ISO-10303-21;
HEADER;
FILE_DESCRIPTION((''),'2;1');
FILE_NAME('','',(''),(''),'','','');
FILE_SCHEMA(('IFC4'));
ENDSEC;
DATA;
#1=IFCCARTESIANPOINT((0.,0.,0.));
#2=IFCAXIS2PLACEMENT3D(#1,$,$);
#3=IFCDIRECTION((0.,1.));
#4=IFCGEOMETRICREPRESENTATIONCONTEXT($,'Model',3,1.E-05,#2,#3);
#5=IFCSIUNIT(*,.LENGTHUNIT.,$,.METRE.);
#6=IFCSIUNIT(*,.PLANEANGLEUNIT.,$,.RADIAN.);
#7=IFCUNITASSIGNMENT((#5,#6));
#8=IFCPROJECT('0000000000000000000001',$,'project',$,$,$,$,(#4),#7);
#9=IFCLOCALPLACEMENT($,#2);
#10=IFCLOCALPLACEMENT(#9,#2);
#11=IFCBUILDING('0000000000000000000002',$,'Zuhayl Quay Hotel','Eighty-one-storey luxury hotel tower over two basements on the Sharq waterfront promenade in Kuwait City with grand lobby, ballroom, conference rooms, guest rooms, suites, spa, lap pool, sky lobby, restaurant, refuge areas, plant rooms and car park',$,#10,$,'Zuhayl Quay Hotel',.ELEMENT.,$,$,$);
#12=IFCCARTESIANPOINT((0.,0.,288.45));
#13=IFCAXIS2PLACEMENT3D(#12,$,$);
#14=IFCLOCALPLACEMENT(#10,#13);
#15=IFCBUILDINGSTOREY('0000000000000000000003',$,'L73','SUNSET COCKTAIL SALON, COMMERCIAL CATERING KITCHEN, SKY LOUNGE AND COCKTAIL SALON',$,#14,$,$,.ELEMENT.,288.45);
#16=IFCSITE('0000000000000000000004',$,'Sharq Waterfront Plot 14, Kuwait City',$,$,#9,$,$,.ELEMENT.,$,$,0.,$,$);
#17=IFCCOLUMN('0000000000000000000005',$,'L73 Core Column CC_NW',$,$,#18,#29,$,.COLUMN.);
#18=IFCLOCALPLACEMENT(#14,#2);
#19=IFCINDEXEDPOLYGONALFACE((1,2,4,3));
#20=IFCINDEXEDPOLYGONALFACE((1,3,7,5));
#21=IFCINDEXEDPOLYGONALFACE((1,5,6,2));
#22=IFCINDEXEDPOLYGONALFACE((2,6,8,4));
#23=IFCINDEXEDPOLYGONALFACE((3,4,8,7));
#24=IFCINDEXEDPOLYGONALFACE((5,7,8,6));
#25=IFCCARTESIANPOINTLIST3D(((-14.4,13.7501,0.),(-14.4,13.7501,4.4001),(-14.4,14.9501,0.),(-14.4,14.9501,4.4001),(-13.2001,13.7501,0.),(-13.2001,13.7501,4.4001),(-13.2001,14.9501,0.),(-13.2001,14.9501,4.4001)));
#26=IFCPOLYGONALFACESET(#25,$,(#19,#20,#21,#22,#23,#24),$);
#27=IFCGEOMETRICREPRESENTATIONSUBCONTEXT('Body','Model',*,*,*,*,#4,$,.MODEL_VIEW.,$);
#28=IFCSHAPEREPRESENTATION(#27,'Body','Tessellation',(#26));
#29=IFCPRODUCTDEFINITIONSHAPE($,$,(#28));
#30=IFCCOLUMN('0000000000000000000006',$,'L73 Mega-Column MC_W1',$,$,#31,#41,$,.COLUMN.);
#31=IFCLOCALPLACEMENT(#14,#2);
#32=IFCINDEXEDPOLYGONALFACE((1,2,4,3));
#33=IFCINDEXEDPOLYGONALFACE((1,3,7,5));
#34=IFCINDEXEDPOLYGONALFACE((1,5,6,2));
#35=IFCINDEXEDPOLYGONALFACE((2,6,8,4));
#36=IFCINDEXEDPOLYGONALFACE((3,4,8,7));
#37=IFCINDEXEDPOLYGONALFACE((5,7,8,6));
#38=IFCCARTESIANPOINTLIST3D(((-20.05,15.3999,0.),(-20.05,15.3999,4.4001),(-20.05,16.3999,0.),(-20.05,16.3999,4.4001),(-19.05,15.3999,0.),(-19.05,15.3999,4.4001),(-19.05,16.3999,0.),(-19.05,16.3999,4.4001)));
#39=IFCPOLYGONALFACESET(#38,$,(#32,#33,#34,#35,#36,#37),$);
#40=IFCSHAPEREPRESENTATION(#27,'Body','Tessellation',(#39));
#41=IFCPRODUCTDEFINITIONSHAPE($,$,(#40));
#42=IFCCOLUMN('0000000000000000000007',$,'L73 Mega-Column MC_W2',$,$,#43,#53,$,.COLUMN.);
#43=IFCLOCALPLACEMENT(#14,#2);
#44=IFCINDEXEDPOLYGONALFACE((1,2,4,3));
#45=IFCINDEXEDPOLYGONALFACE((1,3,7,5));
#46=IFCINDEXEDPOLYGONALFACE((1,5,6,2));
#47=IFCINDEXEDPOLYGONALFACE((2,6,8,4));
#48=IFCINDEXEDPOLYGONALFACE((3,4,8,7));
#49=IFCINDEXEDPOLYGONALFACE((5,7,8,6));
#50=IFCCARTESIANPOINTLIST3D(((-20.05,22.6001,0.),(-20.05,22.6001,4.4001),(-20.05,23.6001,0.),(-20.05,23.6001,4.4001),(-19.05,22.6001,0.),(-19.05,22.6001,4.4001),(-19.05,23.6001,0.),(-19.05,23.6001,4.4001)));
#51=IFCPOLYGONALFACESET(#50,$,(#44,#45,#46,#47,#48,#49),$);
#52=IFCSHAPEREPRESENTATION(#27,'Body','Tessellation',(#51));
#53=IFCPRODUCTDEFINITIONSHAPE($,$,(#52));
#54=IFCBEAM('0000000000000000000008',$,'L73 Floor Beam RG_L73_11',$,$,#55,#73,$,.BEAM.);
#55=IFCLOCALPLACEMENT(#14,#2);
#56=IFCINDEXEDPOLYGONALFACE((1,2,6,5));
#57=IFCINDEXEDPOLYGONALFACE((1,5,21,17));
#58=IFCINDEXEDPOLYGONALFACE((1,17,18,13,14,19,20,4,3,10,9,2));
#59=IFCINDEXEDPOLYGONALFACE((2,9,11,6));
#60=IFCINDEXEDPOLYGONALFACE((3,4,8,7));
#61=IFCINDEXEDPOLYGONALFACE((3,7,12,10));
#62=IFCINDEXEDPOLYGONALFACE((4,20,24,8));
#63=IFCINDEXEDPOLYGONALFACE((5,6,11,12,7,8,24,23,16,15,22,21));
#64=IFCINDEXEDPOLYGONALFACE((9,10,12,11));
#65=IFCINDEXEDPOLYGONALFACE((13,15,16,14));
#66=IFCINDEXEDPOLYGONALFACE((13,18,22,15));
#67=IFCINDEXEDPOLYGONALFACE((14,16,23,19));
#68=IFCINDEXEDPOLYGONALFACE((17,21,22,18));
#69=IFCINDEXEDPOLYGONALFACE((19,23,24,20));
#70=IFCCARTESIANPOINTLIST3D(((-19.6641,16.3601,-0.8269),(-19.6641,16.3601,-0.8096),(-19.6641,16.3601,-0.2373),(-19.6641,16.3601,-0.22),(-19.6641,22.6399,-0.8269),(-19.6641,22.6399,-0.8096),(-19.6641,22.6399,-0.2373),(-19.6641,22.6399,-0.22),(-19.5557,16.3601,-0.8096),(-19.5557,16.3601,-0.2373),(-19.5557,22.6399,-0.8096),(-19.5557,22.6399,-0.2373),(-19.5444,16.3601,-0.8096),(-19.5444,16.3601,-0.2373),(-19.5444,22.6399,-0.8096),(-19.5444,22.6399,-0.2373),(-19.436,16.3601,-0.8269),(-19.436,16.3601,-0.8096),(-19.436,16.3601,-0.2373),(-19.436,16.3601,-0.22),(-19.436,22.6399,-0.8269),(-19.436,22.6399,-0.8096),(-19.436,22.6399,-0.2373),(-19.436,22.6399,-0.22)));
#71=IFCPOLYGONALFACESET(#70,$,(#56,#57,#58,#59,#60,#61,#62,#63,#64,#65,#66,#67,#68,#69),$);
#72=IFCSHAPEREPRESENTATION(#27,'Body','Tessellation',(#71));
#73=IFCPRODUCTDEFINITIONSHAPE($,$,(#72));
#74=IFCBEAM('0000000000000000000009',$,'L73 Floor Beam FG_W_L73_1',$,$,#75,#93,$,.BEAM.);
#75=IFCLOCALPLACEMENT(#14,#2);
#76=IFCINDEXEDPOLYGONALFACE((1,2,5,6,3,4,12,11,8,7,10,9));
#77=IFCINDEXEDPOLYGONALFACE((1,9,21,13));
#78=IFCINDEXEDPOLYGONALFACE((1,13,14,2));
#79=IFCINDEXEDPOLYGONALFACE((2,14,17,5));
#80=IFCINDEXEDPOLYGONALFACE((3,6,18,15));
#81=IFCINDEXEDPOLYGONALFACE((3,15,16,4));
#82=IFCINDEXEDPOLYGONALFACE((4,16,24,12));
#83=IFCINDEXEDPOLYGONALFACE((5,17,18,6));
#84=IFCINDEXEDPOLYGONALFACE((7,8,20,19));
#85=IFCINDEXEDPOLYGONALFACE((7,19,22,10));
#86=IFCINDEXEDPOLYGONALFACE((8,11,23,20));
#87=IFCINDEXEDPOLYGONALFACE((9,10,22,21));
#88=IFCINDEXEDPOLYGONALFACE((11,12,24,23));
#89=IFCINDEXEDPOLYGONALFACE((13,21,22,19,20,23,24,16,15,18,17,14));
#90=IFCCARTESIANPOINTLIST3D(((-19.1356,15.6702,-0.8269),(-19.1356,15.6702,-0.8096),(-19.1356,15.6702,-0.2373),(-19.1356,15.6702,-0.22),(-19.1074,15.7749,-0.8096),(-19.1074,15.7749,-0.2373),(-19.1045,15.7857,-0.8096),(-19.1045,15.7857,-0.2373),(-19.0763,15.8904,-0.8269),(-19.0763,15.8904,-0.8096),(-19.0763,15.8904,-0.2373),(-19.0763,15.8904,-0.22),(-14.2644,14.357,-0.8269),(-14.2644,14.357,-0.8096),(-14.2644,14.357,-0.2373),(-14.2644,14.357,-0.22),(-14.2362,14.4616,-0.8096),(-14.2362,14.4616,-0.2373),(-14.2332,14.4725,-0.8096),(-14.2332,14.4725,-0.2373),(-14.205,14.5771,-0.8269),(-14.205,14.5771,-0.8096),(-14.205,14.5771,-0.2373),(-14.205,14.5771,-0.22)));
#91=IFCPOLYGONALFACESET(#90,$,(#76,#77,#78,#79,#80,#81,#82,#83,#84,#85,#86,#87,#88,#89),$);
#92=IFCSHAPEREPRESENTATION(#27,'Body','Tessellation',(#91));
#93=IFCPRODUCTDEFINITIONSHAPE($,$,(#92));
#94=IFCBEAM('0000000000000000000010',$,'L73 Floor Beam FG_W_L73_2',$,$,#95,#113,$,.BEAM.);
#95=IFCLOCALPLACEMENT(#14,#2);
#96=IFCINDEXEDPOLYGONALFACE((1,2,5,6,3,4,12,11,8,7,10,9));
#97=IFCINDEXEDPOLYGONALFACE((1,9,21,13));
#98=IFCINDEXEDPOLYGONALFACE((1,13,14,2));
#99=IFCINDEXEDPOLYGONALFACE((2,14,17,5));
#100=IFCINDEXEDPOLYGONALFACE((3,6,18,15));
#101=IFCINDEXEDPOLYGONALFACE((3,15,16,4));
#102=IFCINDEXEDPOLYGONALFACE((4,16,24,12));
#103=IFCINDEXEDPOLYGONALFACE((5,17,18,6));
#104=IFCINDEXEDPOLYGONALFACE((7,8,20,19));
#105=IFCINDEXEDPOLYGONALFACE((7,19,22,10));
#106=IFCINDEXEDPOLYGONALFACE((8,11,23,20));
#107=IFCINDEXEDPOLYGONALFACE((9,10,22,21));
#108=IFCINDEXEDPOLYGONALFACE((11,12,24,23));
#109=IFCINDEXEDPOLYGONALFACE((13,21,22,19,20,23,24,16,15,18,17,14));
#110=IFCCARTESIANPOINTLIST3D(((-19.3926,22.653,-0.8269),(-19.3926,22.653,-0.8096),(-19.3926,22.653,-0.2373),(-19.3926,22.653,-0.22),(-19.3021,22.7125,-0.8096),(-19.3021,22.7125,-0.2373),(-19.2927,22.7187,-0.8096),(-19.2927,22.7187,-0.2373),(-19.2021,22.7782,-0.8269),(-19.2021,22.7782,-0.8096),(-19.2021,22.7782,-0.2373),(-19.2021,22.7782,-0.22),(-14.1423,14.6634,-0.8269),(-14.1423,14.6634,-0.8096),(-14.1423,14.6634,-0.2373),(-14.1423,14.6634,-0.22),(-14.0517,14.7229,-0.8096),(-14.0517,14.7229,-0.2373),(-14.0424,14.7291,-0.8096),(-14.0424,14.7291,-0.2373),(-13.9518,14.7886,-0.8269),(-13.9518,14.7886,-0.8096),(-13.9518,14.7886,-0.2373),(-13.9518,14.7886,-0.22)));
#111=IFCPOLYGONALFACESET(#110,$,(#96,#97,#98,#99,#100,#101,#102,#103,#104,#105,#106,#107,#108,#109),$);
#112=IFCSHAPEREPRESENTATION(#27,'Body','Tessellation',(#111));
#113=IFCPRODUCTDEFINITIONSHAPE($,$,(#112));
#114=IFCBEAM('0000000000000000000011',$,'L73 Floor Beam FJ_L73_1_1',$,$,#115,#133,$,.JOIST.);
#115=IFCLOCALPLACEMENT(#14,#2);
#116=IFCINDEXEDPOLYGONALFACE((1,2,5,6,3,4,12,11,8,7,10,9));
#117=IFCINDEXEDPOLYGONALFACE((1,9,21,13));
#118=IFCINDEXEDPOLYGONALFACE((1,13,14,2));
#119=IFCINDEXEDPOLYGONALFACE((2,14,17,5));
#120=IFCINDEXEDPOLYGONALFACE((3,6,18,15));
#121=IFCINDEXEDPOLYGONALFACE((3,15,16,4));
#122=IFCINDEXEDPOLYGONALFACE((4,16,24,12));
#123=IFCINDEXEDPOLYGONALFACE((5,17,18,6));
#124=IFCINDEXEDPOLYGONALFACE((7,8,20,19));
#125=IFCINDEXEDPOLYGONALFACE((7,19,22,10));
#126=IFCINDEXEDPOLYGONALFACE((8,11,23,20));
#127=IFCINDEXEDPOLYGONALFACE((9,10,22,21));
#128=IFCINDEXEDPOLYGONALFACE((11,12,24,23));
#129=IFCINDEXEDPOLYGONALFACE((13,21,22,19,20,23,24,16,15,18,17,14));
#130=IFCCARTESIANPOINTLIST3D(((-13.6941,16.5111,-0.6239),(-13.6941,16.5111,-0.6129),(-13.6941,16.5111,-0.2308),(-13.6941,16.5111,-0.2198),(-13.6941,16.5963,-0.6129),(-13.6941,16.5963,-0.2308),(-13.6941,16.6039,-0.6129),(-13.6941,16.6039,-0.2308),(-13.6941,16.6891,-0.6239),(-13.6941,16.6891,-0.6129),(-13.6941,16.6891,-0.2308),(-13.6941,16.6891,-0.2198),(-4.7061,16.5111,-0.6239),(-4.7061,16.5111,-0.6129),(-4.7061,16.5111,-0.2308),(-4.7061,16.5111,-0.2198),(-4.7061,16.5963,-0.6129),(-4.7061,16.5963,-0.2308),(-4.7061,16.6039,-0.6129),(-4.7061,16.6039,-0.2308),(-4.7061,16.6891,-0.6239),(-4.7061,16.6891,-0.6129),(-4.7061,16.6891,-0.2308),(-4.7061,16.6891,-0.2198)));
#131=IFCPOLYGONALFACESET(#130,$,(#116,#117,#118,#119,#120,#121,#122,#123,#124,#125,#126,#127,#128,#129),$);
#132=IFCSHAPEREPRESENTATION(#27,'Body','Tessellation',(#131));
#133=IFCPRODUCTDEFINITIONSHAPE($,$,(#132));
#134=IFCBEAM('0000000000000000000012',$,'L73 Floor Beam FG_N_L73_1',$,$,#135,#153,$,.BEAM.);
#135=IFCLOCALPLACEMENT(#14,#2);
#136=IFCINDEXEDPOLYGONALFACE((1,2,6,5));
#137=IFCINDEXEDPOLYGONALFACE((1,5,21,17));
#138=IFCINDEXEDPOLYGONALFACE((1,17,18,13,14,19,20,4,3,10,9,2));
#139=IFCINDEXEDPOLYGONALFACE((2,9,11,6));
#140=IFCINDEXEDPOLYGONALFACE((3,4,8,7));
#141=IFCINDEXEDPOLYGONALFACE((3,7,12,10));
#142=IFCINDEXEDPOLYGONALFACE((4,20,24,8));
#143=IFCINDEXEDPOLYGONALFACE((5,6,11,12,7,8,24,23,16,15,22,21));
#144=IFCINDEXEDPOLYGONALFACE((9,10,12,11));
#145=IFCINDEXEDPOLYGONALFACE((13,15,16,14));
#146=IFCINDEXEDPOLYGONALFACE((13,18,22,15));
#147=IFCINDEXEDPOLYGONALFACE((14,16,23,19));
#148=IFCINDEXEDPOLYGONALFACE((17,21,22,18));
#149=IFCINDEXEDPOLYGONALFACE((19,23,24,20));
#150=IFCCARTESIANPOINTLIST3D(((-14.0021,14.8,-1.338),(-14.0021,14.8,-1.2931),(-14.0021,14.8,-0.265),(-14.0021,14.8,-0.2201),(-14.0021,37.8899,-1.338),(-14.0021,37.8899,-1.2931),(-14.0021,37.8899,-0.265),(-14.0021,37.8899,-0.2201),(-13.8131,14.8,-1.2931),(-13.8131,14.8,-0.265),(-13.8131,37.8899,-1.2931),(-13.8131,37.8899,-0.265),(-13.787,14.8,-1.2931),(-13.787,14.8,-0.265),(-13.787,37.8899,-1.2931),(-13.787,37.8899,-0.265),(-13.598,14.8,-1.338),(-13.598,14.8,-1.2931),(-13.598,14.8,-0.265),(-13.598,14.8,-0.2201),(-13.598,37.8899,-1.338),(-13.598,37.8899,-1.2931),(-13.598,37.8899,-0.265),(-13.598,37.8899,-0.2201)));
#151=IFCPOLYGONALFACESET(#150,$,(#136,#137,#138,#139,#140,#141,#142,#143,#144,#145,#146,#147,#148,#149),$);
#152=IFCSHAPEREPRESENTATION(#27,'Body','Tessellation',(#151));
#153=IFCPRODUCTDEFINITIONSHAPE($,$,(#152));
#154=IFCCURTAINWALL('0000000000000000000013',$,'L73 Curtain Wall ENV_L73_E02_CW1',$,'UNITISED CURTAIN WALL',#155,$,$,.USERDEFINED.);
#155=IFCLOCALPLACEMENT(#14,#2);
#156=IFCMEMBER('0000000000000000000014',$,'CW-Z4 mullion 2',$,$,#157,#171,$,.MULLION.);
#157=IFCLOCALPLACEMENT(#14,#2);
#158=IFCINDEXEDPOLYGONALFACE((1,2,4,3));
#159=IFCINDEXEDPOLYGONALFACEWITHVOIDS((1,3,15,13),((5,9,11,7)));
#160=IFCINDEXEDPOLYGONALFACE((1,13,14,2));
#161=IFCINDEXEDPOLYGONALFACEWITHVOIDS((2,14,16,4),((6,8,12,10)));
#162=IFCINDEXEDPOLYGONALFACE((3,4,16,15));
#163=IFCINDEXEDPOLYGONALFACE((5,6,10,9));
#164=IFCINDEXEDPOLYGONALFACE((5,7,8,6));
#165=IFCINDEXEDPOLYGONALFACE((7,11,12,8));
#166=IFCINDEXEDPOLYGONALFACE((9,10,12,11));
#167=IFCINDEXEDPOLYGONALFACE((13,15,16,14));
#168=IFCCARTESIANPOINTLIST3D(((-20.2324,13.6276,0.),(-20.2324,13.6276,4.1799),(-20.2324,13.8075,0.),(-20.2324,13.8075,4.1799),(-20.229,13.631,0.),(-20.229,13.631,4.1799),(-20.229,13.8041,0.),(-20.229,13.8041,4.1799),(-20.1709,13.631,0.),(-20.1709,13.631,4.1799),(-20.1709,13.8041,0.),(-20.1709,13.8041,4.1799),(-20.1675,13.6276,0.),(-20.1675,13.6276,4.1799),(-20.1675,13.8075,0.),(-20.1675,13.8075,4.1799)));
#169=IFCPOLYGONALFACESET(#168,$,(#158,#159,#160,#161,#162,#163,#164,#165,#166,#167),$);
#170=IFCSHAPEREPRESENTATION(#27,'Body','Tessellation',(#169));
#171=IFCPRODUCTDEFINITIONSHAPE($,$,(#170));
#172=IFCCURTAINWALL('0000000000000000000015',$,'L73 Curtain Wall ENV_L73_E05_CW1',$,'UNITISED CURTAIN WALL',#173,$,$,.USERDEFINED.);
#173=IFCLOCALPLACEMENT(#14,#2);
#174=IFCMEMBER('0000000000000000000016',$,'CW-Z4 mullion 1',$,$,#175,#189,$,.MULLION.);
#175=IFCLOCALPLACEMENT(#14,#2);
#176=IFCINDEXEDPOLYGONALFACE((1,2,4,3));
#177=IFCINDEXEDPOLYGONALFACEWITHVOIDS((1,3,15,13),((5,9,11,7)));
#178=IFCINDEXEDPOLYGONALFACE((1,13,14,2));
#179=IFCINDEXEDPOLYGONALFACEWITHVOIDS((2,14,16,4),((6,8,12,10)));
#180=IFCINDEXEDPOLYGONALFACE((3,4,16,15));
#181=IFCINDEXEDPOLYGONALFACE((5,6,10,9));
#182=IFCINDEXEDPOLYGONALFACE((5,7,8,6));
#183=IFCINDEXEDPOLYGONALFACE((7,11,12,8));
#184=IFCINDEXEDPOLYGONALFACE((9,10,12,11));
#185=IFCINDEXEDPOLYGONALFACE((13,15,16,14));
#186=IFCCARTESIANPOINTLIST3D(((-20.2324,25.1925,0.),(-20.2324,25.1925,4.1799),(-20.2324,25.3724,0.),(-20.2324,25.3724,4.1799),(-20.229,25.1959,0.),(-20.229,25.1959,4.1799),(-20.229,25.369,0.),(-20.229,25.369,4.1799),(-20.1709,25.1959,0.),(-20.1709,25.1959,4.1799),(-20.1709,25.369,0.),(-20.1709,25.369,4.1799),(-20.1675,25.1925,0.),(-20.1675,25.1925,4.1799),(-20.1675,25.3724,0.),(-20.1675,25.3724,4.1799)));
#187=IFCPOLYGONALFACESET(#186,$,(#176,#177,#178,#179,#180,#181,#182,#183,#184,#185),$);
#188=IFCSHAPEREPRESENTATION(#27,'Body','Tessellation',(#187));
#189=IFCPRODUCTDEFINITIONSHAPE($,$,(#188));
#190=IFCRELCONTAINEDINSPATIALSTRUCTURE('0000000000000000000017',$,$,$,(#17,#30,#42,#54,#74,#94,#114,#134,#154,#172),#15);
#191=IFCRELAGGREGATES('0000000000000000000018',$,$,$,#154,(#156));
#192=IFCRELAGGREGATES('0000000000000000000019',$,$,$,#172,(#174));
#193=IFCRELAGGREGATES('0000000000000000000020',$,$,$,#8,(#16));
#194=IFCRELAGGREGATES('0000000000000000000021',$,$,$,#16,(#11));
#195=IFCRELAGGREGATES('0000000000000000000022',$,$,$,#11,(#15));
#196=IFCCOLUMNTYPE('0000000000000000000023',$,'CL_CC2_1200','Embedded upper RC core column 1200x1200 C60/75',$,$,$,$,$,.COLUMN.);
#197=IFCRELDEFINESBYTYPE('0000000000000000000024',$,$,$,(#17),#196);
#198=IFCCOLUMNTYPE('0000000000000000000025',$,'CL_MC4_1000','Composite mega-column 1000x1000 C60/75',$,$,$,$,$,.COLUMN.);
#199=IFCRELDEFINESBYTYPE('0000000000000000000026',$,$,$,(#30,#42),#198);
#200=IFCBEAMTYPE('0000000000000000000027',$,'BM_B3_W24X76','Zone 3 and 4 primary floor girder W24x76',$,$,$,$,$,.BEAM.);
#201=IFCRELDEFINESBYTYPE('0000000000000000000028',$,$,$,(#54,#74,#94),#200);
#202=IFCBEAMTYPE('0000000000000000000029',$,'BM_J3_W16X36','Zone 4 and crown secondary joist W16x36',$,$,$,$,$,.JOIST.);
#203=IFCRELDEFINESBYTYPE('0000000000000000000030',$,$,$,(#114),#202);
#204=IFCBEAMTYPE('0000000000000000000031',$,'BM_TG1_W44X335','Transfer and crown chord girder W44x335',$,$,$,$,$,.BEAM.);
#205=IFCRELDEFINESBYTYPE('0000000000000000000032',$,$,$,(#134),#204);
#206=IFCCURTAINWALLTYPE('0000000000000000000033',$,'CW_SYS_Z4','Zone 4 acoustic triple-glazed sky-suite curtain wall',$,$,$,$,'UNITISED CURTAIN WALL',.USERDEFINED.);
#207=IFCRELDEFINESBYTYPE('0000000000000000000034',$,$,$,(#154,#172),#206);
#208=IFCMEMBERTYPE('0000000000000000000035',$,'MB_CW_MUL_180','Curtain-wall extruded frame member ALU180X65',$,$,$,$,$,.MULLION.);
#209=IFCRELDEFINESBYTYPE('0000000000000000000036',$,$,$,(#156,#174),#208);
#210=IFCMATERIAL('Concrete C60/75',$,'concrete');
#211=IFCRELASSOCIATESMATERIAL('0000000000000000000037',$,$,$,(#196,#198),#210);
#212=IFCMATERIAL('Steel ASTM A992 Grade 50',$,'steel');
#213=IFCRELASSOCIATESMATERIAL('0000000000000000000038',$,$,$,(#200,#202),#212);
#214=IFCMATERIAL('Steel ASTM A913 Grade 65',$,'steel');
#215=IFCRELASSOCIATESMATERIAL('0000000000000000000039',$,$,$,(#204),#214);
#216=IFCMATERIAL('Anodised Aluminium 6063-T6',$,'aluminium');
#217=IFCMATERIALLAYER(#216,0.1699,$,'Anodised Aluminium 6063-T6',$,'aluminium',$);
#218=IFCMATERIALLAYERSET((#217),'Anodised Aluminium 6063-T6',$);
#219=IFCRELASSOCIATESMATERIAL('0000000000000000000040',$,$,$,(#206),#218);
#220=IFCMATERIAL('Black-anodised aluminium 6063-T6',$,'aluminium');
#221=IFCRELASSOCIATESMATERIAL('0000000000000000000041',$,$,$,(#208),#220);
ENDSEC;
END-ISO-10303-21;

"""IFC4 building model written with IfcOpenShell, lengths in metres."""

from ifc_helpers import new_model, si_unit, direction, frame, origin, origin_2d, place, context, subcontext, project, spatial, rectangle, hollow_rectangle, i_section, extrude, material, layer, layer_set, material_profile, profile_set, type_object, element, aggregate, save


model = new_model("IFC4")

# Units and contexts
model_context = context("Model", 3, precision=1e-05, world=origin(), true_north=direction((0.0, 1.0)))
body_context = subcontext(model_context, "Body", "Model", "MODEL_VIEW")
ifc_project = project(units=[si_unit("LENGTHUNIT", "METRE"), si_unit("PLANEANGLEUNIT", "RADIAN")], contexts=[model_context])

# Site, building, storey
site_placement = place(None, origin())
site = spatial("IfcSite", under=ifc_project, at=site_placement, Name="Sharq Waterfront Plot 14, Kuwait City", CompositionType="ELEMENT", RefElevation=0.0)
building_placement = place(site_placement, origin())
building = spatial("IfcBuilding", under=site, at=building_placement, Name="Zuhayl Quay Hotel", Description="Eighty-one-storey luxury hotel tower over two basements on the Sharq waterfront promenade in Kuwait City with grand lobby, ballroom, conference rooms, guest rooms, suites, spa, lap pool, sky lobby, restaurant, refuge areas, plant rooms and car park", LongName="Zuhayl Quay Hotel", CompositionType="ELEMENT")
storey_placement = place(building_placement, frame((0.0, 0.0, 288.45)))
storey = spatial("IfcBuildingStorey", under=building, at=storey_placement, Name="L73", Description="SUNSET COCKTAIL SALON, COMMERCIAL CATERING KITCHEN, SKY LOUNGE AND COCKTAIL SALON", CompositionType="ELEMENT", Elevation=288.45)

# Columns
ifc_material_1 = material(Name="Concrete C60/75", Category="concrete")
ifc_material_profile_1 = material_profile(ifc_material_1, rectangle(XDim=1.2, YDim=1.2, at=origin_2d()), Name="RC1200X1200")
ifc_profile_set_1 = profile_set([ifc_material_profile_1], Name="Concrete C60/75")
column_type_1 = type_object("IfcColumnType", Name="CL_CC2_1200", Description="Embedded upper RC core column 1200x1200 C60/75", PredefinedType="COLUMN", material=ifc_profile_set_1)
column_placement = place(storey_placement, frame((-13.8, 14.3501, 0.0), z_axis=(0.0, 0.0, 1.0), x_axis=(1.0, 0.0, 0.0)))
element("IfcColumn", 1, at=column_placement, inside=storey, type_object=column_type_1, Name="L73 Core Column CC_NW", PredefinedType="COLUMN", context=body_context, shape_type="SweptSolid", body=[
    extrude(rectangle(XDim=1.2, YDim=1.2, at=origin_2d()), origin(), (0.0, 0.0, 1.0), 4.4001),
])
ifc_material_profile_2 = material_profile(ifc_material_1, rectangle(XDim=1.0, YDim=1.0, at=origin_2d()), Name="RC1000X1000")
ifc_profile_set_2 = profile_set([ifc_material_profile_2], Name="Concrete C60/75")
column_type_2 = type_object("IfcColumnType", Name="CL_MC4_1000", Description="Composite mega-column 1000x1000 C60/75", PredefinedType="COLUMN", material=ifc_profile_set_2)
for number, where, z_axis, x_axis, name in (
    (2, (-19.55, 15.8999, 0.0), (0.0, 0.0, 1.0), (1.0, 0.0, 0.0), "L73 Mega-Column MC_W1"),
    (3, (-19.55, 23.1001, 0.0), (0.0, 0.0, 1.0), (1.0, 0.0, 0.0), "L73 Mega-Column MC_W2"),
):
    element("IfcColumn", number, at=place(storey_placement, frame(where, z_axis=z_axis, x_axis=x_axis)), inside=storey, type_object=column_type_2, Name=name, PredefinedType="COLUMN", context=body_context, shape_type="SweptSolid", body=[
        extrude(rectangle(XDim=1.0, YDim=1.0, at=origin_2d()), origin(), (0.0, 0.0, 1.0), 4.4001),
    ])

# Beams
ifc_material_2 = material(Name="Steel ASTM A992 Grade 50", Category="steel")
ifc_material_profile_3 = material_profile(ifc_material_2, i_section(OverallWidth=0.228, OverallDepth=0.6069, WebThickness=0.0112, FlangeThickness=0.0173, at=origin_2d()), Name="W24X76")
ifc_profile_set_3 = profile_set([ifc_material_profile_3], Name="Steel ASTM A992 Grade 50")
beam_type_1 = type_object("IfcBeamType", Name="BM_B3_W24X76", Description="Zone 3 and 4 primary floor girder W24x76", PredefinedType="BEAM", material=ifc_profile_set_3)
beam_1_placement = place(storey_placement, frame((-19.55, 22.6399, -0.5234), z_axis=(0.0, -1.0, 0.0), x_axis=(1.0, 0.0, 0.0)))
element("IfcBeam", 4, at=beam_1_placement, inside=storey, type_object=beam_type_1, Name="L73 Floor Beam RG_L73_11", PredefinedType="BEAM", context=body_context, shape_type="SweptSolid", body=[
    extrude(i_section(OverallWidth=0.228, OverallDepth=0.6069, WebThickness=0.0112, FlangeThickness=0.0173, at=origin_2d()), origin(), (0.0, 0.0, 1.0), 6.2798),
])
beam_2_placement = place(storey_placement, frame((-19.106, 15.7803, -0.5234), z_axis=(0.96553, -0.260291, 0.0), x_axis=(0.260291, 0.96553, 0.0)))
element("IfcBeam", 5, at=beam_2_placement, inside=storey, type_object=beam_type_1, Name="L73 Floor Beam FG_W_L73_1", PredefinedType="BEAM", context=body_context, shape_type="SweptSolid", body=[
    extrude(i_section(OverallWidth=0.228, OverallDepth=0.6069, WebThickness=0.0112, FlangeThickness=0.0173, at=origin_2d()), origin(), (0.0, 0.0, 1.0), 5.0452),
])
beam_3_placement = place(storey_placement, frame((-19.2974, 22.7156, -0.5234), z_axis=(0.549178, -0.835705, 0.0), x_axis=(0.835705, 0.549178, 0.0)))
element("IfcBeam", 6, at=beam_3_placement, inside=storey, type_object=beam_type_1, Name="L73 Floor Beam FG_W_L73_2", PredefinedType="BEAM", context=body_context, shape_type="SweptSolid", body=[
    extrude(i_section(OverallWidth=0.228, OverallDepth=0.6069, WebThickness=0.0112, FlangeThickness=0.0173, at=origin_2d()), origin(), (0.0, 0.0, 1.0), 9.5603),
])
ifc_material_profile_4 = material_profile(ifc_material_2, i_section(OverallWidth=0.178, OverallDepth=0.4041, WebThickness=0.0076, FlangeThickness=0.011, at=origin_2d()), Name="W16X36")
ifc_profile_set_4 = profile_set([ifc_material_profile_4], Name="Steel ASTM A992 Grade 50")
beam_type_2 = type_object("IfcBeamType", Name="BM_J3_W16X36", Description="Zone 4 and crown secondary joist W16x36", PredefinedType="JOIST", material=ifc_profile_set_4)
beam_4_placement = place(storey_placement, frame((-13.6941, 16.6001, -0.4219), z_axis=(1.0, 0.0, 0.0), x_axis=(0.0, 1.0, 0.0)))
element("IfcBeam", 7, at=beam_4_placement, inside=storey, type_object=beam_type_2, Name="L73 Floor Beam FJ_L73_1_1", PredefinedType="JOIST", context=body_context, shape_type="SweptSolid", body=[
    extrude(i_section(OverallWidth=0.178, OverallDepth=0.4041, WebThickness=0.0076, FlangeThickness=0.011, at=origin_2d()), origin(), (0.0, 0.0, 1.0), 8.988),
])
ifc_material_3 = material(Name="Steel ASTM A913 Grade 65", Category="steel")
ifc_material_profile_5 = material_profile(ifc_material_3, i_section(OverallWidth=0.4041, OverallDepth=1.1179, WebThickness=0.0261, FlangeThickness=0.0449, at=origin_2d()), Name="W44X335")
ifc_profile_set_5 = profile_set([ifc_material_profile_5], Name="Steel ASTM A913 Grade 65")
beam_type_3 = type_object("IfcBeamType", Name="BM_TG1_W44X335", Description="Transfer and crown chord girder W44x335", PredefinedType="BEAM", material=ifc_profile_set_5)
beam_5_placement = place(storey_placement, frame((-13.8, 14.8, -0.7791), z_axis=(0.0, 1.0, 0.0), x_axis=(-1.0, 0.0, 0.0)))
element("IfcBeam", 8, at=beam_5_placement, inside=storey, type_object=beam_type_3, Name="L73 Floor Beam FG_N_L73_1", PredefinedType="BEAM", context=body_context, shape_type="SweptSolid", body=[
    extrude(i_section(OverallWidth=0.4041, OverallDepth=1.1179, WebThickness=0.0261, FlangeThickness=0.0449, at=origin_2d()), origin(), (0.0, 0.0, 1.0), 23.0898),
])

# Curtain wall, member
ifc_material_4 = material(Name="Anodised Aluminium 6063-T6", Category="aluminium")
ifc_layer_1 = layer(ifc_material_4, 0.1699, Name="Anodised Aluminium 6063-T6", Category="aluminium")
ifc_layer_set_1 = layer_set([ifc_layer_1], Name="Anodised Aluminium 6063-T6")
curtain_wall_type = type_object("IfcCurtainWallType", Name="CW_SYS_Z4", Description="Zone 4 acoustic triple-glazed sky-suite curtain wall", ElementType="UNITISED CURTAIN WALL", PredefinedType="USERDEFINED", material=ifc_layer_set_1)
curtain_wall_1_placement = place(storey_placement, origin())
curtain_wall_1 = element("IfcCurtainWall", 9, at=curtain_wall_1_placement, inside=storey, type_object=curtain_wall_type, Name="L73 Curtain Wall ENV_L73_E02_CW1", ObjectType="UNITISED CURTAIN WALL", PredefinedType="USERDEFINED")
ifc_material_5 = material(Name="Black-anodised aluminium 6063-T6", Category="aluminium")
ifc_material_profile_6 = material_profile(ifc_material_5, hollow_rectangle(XDim=0.0649, YDim=0.1799, WallThickness=0.0034, at=origin_2d()), Name="ALU180X65")
ifc_profile_set_6 = profile_set([ifc_material_profile_6], Name="Black-anodised aluminium 6063-T6")
member_type_1 = type_object("IfcMemberType", Name="MB_CW_MUL_180", Description="Curtain-wall extruded frame member ALU180X65", PredefinedType="MULLION", material=ifc_profile_set_6)
member_1_placement = place(storey_placement, frame((-20.2, 13.7175, 0.0), z_axis=(0.0, 0.0, 1.0), x_axis=(-1.0, 0.0, 0.0)))
member_1 = element("IfcMember", 10, at=member_1_placement, type_object=member_type_1, Name="CW-Z4 mullion 2", PredefinedType="MULLION", context=body_context, shape_type="SweptSolid", body=[
    extrude(hollow_rectangle(XDim=0.0649, YDim=0.1799, WallThickness=0.0034, at=origin_2d()), origin(), (0.0, 0.0, 1.0), 4.1799),
])
aggregate(curtain_wall_1, [member_1])

# Curtain wall, member
curtain_wall_2_placement = place(storey_placement, origin())
curtain_wall_2 = element("IfcCurtainWall", 11, at=curtain_wall_2_placement, inside=storey, type_object=curtain_wall_type, Name="L73 Curtain Wall ENV_L73_E05_CW1", ObjectType="UNITISED CURTAIN WALL", PredefinedType="USERDEFINED")
member_2_placement = place(storey_placement, frame((-20.2, 25.2825, 0.0), z_axis=(0.0, 0.0, 1.0), x_axis=(-1.0, 0.0, 0.0)))
member_2 = element("IfcMember", 12, at=member_2_placement, type_object=member_type_1, Name="CW-Z4 mullion 1", PredefinedType="MULLION", context=body_context, shape_type="SweptSolid", body=[
    extrude(hollow_rectangle(XDim=0.0649, YDim=0.1799, WallThickness=0.0034, at=origin_2d()), origin(), (0.0, 0.0, 1.0), 4.1799),
])
aggregate(curtain_wall_2, [member_2])

save(model, "model.ifc")
